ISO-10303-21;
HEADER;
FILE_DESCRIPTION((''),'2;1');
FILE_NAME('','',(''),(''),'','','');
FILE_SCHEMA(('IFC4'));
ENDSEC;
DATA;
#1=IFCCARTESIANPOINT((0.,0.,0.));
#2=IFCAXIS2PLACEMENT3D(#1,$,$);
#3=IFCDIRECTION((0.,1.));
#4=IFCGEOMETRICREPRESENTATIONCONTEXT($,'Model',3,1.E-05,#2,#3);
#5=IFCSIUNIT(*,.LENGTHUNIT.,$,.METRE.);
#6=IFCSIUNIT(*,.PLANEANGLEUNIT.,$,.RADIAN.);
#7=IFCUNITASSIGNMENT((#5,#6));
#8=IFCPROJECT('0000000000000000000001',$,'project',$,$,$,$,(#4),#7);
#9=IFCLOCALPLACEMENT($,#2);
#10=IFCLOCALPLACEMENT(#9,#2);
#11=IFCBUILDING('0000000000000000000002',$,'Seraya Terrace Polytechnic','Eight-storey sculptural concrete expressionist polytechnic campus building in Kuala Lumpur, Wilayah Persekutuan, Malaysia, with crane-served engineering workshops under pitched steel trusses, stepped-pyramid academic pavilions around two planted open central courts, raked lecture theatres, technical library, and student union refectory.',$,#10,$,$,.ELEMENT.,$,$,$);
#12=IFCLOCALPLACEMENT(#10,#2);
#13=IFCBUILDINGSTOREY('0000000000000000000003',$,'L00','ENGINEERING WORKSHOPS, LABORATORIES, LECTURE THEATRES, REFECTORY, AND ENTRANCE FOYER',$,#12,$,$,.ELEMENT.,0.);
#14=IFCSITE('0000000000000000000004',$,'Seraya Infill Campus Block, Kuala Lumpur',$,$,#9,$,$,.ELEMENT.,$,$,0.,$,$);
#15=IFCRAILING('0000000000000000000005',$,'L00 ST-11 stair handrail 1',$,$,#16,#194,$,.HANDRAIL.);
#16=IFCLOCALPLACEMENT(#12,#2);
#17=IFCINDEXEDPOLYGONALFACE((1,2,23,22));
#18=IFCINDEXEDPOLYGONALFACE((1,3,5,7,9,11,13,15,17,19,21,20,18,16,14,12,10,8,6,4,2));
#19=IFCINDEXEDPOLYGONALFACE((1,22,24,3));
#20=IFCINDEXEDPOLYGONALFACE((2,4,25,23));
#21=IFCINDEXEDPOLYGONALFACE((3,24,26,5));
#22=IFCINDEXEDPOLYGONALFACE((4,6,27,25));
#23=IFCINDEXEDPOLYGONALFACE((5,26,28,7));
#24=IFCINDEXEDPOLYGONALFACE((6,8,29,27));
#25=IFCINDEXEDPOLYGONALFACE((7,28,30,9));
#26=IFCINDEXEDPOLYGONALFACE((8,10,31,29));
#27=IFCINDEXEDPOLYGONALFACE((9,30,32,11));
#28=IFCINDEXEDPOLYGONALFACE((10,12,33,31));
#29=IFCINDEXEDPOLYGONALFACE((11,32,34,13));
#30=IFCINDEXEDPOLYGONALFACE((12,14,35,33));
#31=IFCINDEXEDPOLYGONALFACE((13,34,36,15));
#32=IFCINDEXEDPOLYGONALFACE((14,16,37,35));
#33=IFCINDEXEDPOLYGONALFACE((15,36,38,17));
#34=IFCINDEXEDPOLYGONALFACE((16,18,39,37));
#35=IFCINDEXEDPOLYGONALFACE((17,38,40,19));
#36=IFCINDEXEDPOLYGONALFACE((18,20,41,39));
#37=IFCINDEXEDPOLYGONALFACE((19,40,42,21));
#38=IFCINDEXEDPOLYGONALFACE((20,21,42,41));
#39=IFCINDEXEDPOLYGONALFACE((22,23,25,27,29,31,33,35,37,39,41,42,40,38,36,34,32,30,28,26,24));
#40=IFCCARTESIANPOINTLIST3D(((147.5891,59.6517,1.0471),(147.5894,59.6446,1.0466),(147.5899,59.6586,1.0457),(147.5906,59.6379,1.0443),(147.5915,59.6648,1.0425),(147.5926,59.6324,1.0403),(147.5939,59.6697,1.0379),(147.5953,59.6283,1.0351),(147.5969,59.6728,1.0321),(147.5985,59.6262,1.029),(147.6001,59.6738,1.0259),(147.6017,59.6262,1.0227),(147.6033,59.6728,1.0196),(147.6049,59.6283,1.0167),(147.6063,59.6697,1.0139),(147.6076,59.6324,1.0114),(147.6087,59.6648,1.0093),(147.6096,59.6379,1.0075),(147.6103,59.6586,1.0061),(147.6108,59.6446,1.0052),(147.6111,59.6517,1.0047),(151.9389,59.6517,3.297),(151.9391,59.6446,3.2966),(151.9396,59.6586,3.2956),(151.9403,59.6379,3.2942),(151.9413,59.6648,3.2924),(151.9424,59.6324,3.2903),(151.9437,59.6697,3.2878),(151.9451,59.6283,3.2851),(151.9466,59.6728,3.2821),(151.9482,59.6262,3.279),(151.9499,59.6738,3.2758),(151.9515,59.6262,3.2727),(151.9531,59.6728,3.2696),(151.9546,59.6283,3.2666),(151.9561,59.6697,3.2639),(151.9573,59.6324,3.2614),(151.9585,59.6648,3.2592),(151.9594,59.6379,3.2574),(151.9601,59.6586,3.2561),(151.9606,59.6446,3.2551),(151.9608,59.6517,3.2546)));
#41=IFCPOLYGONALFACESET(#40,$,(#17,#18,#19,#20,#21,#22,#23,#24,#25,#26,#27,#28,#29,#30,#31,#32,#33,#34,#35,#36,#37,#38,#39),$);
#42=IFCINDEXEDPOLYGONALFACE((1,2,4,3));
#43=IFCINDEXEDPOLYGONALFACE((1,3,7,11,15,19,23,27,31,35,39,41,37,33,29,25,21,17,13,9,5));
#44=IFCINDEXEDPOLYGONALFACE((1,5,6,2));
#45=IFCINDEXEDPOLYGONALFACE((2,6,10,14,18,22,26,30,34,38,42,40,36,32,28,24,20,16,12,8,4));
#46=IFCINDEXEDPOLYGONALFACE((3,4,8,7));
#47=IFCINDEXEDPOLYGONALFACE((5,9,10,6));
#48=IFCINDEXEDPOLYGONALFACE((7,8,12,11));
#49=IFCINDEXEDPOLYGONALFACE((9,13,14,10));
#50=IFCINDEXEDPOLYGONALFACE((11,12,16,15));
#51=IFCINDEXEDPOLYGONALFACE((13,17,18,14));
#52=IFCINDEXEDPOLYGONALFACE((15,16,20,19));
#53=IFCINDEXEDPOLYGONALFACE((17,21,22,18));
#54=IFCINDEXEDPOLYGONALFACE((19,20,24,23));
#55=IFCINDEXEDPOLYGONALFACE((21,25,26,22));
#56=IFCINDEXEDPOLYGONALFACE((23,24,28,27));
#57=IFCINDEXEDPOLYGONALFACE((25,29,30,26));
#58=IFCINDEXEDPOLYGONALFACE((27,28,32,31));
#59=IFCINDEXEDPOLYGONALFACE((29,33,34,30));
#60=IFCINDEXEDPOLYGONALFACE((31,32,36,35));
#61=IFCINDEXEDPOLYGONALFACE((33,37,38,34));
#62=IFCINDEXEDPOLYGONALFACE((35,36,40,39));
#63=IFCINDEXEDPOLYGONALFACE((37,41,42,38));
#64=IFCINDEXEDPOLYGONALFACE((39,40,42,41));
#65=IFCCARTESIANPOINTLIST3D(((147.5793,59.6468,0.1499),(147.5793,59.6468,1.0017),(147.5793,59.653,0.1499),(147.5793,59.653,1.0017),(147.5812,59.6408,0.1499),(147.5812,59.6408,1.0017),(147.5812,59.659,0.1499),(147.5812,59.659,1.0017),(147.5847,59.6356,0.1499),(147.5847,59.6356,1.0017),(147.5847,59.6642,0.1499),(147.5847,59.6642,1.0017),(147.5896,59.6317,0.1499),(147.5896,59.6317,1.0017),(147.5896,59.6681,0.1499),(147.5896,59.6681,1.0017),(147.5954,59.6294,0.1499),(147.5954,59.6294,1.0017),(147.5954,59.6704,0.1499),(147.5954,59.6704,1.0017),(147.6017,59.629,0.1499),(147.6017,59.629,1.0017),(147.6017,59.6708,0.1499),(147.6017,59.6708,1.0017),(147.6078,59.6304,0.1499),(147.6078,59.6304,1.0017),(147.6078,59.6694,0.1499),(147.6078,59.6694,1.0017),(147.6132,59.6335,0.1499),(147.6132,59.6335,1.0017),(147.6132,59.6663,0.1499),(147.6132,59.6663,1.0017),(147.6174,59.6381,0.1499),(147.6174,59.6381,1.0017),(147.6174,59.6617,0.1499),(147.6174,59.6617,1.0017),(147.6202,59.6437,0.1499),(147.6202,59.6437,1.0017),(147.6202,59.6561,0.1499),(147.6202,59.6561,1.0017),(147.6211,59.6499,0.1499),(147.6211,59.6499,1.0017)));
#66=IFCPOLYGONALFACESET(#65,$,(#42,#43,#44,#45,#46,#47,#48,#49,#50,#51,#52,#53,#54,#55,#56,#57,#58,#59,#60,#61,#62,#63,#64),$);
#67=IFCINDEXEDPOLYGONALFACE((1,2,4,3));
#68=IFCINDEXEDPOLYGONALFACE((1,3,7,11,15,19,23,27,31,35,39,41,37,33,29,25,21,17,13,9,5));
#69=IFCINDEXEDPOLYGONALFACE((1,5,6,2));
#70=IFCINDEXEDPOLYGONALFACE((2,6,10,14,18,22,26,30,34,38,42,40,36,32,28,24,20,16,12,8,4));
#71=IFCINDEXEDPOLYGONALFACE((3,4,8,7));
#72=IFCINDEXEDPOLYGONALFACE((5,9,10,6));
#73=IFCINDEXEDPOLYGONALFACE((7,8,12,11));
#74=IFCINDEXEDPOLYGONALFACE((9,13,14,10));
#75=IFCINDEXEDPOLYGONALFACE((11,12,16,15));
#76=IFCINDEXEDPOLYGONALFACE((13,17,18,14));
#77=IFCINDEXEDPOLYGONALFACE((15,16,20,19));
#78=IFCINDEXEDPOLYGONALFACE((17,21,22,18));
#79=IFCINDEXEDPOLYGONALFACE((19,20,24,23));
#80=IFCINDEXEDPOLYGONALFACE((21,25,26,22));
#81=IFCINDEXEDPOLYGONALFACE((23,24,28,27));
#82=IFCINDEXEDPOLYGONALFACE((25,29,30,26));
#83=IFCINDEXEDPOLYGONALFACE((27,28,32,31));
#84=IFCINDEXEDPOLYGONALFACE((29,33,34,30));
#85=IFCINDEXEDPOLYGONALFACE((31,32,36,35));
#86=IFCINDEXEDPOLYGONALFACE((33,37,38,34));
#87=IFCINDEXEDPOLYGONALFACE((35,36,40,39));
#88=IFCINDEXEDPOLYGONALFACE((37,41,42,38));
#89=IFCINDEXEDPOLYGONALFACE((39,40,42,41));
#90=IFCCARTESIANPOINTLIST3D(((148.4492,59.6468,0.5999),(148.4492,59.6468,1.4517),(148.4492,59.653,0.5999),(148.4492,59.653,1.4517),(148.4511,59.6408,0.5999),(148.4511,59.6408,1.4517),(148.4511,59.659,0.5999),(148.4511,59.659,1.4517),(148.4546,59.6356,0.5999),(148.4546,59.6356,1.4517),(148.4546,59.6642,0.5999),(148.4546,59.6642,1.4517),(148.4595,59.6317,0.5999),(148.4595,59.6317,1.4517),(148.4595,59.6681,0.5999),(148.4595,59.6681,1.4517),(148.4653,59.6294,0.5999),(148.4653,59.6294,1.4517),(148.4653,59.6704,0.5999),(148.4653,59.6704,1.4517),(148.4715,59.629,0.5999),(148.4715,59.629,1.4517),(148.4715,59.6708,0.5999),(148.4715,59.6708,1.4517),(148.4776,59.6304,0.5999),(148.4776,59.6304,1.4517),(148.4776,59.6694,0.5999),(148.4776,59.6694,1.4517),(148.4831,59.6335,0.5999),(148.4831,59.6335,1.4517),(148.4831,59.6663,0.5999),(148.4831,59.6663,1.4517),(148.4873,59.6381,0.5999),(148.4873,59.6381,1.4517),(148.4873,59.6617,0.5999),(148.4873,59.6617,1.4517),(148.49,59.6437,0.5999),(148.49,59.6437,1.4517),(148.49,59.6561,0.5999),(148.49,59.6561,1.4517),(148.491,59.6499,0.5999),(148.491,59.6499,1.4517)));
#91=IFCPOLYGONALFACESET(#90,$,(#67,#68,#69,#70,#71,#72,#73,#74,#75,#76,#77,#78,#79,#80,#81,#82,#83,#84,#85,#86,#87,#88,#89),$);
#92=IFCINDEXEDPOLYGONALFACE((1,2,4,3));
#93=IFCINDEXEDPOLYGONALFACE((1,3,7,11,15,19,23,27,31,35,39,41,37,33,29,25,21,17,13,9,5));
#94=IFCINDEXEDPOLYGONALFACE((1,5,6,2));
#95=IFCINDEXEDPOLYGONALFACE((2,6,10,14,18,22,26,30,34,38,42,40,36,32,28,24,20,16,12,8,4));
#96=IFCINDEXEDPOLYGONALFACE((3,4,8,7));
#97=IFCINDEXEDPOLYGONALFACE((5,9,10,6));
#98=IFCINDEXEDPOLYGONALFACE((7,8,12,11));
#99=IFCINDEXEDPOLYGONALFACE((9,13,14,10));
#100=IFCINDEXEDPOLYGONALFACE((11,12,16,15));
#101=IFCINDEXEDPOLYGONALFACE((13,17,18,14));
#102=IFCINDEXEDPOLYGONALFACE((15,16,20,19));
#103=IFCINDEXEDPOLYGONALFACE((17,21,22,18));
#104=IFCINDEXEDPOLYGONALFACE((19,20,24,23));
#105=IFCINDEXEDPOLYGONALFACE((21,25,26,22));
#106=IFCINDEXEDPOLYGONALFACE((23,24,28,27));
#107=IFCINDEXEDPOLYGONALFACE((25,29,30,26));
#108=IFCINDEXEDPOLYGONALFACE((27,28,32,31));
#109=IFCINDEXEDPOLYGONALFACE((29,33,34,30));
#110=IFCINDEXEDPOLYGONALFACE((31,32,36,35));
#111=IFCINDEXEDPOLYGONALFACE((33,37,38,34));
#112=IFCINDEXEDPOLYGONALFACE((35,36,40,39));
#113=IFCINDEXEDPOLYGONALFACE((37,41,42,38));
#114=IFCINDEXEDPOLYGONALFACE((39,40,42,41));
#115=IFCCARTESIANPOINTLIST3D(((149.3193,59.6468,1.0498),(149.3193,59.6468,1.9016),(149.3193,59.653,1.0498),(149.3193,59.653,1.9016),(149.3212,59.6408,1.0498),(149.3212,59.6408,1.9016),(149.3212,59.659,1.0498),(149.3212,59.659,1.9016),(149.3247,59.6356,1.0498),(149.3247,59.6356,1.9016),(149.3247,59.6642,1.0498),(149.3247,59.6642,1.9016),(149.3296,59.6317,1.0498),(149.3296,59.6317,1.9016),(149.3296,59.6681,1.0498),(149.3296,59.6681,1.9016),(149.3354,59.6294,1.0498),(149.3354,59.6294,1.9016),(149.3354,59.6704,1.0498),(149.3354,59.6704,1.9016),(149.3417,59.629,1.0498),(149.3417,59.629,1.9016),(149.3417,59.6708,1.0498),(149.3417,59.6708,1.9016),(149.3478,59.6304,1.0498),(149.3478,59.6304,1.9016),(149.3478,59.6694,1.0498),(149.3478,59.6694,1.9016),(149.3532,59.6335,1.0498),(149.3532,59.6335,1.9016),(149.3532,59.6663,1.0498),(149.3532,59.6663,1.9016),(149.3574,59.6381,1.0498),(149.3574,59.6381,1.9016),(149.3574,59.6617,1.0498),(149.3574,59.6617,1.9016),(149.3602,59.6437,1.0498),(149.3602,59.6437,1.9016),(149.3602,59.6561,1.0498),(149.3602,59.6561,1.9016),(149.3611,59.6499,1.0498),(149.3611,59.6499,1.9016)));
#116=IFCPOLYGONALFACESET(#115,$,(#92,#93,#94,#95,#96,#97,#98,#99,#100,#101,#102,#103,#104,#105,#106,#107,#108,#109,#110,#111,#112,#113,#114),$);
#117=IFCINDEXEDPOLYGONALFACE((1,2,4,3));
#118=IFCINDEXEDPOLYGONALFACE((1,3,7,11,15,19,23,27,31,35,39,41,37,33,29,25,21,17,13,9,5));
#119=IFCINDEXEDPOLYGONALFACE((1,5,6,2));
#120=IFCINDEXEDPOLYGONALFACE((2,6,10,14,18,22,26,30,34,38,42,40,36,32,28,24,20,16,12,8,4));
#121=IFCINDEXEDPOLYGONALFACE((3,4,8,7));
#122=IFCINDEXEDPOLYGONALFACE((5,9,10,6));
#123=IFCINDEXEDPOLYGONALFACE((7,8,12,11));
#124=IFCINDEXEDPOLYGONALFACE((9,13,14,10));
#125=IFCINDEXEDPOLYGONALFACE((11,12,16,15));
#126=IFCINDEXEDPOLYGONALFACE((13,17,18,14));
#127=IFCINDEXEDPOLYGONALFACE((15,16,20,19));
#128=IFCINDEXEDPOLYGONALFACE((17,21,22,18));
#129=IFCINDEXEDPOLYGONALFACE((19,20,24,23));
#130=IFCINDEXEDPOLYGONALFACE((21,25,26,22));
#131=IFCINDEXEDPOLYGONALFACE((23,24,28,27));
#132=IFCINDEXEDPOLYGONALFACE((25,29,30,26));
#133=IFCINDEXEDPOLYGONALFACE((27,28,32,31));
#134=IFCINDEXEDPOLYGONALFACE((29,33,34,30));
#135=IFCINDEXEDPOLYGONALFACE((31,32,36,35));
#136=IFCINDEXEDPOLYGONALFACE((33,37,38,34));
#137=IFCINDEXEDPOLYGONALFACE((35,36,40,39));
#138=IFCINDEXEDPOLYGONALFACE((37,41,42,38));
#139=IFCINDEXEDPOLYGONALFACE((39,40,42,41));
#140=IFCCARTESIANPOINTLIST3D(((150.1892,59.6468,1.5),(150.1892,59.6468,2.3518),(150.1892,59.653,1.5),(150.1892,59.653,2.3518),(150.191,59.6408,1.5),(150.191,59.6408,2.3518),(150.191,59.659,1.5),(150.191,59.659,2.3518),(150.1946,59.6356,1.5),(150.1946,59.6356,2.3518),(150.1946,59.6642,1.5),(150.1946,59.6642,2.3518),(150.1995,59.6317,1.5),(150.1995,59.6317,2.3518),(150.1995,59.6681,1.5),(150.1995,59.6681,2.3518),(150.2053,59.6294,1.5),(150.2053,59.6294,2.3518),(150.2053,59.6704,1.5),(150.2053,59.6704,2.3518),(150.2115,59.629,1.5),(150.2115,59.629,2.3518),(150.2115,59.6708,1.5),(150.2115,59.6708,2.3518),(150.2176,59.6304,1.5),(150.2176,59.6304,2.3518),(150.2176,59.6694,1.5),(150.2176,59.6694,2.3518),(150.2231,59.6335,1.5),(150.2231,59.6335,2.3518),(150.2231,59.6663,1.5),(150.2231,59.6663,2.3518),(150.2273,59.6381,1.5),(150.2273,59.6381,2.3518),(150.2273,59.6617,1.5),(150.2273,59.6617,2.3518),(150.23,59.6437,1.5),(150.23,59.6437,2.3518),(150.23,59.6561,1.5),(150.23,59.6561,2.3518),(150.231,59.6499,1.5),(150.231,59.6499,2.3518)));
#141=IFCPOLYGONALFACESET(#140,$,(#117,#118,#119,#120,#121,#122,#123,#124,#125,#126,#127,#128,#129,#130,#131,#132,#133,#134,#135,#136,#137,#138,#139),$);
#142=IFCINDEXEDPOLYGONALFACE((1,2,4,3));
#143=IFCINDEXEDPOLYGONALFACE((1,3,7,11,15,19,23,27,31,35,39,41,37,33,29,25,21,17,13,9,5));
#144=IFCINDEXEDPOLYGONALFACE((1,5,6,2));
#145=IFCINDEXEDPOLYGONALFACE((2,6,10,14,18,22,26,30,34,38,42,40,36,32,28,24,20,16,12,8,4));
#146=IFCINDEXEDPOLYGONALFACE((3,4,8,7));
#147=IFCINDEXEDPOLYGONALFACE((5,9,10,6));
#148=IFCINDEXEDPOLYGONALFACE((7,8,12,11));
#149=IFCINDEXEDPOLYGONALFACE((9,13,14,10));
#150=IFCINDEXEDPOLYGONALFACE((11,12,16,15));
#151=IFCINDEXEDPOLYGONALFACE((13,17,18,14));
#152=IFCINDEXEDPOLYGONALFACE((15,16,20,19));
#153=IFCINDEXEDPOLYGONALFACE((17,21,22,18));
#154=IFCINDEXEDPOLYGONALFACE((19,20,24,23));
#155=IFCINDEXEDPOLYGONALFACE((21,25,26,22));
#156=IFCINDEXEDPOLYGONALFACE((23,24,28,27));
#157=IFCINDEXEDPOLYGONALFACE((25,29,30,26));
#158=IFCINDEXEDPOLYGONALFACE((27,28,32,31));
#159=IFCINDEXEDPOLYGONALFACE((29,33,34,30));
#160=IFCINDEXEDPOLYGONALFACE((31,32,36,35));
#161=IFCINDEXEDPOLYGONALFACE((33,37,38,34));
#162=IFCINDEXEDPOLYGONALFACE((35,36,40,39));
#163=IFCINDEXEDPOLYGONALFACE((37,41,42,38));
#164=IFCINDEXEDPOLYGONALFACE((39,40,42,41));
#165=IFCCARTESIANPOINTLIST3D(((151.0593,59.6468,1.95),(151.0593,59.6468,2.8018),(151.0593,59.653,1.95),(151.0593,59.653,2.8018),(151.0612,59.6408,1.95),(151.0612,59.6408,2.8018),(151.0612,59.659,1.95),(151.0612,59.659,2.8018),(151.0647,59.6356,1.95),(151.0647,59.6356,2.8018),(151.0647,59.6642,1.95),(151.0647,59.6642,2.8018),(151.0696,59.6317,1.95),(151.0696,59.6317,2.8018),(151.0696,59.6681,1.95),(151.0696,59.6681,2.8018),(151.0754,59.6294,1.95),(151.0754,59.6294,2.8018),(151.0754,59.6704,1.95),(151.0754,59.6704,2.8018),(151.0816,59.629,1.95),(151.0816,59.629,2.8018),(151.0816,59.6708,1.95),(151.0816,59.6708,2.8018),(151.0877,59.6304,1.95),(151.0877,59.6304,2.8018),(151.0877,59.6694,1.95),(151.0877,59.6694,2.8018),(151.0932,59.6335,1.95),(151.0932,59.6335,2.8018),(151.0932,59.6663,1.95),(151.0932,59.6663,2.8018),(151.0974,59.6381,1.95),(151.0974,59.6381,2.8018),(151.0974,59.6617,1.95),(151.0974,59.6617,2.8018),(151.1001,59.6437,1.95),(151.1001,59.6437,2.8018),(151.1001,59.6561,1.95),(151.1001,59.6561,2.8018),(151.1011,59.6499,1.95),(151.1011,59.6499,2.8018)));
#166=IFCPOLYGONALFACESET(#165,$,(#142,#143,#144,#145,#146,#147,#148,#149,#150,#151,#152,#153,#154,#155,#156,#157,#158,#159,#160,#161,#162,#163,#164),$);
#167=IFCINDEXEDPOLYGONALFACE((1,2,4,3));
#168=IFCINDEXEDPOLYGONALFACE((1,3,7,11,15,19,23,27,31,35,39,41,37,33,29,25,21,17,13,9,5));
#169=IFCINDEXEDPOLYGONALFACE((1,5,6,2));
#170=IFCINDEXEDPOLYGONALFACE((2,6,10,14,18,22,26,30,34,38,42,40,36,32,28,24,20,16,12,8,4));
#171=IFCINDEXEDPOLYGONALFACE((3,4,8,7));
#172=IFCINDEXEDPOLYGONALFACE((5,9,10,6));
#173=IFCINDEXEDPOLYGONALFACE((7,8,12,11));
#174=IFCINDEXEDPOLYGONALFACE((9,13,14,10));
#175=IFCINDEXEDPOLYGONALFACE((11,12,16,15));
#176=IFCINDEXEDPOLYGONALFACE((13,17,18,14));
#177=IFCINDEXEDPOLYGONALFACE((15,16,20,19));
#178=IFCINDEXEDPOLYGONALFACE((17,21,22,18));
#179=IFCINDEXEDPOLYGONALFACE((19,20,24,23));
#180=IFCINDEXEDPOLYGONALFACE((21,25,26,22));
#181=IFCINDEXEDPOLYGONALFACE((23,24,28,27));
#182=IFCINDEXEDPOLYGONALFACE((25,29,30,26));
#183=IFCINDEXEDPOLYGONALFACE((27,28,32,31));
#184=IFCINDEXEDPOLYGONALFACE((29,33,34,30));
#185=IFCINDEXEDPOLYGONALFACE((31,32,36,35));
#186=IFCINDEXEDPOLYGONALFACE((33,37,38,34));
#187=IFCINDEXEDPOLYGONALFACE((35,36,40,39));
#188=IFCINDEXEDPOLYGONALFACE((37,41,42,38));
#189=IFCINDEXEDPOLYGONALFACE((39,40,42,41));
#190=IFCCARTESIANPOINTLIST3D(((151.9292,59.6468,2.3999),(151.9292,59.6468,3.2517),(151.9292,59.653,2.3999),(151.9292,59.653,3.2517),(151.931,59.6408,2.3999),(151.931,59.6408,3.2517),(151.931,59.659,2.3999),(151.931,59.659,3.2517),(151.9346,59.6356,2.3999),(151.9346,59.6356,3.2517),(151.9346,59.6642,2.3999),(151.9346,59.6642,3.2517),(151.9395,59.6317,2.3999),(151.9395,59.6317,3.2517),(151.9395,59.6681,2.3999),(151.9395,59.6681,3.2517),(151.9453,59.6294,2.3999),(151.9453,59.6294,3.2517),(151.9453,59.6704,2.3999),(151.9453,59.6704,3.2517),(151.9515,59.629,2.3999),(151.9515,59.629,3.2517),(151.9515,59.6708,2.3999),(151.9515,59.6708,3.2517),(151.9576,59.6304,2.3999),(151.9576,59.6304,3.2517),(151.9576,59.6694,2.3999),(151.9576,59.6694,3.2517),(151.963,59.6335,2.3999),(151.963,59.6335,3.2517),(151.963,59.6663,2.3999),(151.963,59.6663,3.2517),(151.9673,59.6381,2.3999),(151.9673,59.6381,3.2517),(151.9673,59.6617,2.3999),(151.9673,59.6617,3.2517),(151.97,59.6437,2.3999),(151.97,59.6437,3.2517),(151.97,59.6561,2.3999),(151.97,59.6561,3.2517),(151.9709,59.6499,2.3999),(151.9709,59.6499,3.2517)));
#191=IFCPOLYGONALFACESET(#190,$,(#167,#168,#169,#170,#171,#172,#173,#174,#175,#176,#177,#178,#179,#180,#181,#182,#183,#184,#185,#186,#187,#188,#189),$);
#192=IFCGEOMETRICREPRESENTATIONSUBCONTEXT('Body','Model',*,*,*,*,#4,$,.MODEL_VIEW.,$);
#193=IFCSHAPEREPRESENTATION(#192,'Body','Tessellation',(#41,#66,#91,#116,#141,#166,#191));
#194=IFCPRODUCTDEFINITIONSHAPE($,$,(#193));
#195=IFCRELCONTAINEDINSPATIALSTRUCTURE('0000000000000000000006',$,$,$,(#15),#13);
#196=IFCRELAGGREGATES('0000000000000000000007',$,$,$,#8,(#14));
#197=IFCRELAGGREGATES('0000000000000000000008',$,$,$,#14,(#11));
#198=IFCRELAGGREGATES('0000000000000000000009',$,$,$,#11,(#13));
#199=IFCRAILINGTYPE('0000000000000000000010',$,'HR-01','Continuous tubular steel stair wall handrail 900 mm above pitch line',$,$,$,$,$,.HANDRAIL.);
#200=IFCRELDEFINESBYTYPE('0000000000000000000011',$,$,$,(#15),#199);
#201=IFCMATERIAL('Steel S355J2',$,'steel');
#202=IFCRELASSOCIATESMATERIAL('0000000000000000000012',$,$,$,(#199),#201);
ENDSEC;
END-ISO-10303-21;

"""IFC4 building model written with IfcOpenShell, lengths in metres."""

from ifc_helpers import new_model, si_unit, direction, frame, origin, origin_2d, place, context, subcontext, project, spatial, circle, extrude, material, type_object, element, save


model = new_model("IFC4")

# Units and contexts
model_context = context("Model", 3, precision=1e-05, world=origin(), true_north=direction((0.0, 1.0)))
body_context = subcontext(model_context, "Body", "Model", "MODEL_VIEW")
ifc_project = project(units=[si_unit("LENGTHUNIT", "METRE"), si_unit("PLANEANGLEUNIT", "RADIAN")], contexts=[model_context])

# Site, building, storey
site_placement = place(None, origin())
site = spatial("IfcSite", under=ifc_project, at=site_placement, Name="Seraya Infill Campus Block, Kuala Lumpur", CompositionType="ELEMENT", RefElevation=0.0)
building_placement = place(site_placement, origin())
building = spatial("IfcBuilding", under=site, at=building_placement, Name="Seraya Terrace Polytechnic", Description="Eight-storey sculptural concrete expressionist polytechnic campus building in Kuala Lumpur, Wilayah Persekutuan, Malaysia, with crane-served engineering workshops under pitched steel trusses, stepped-pyramid academic pavilions around two planted open central courts, raked lecture theatres, technical library, and student union refectory.", CompositionType="ELEMENT")
storey_placement = place(building_placement, origin())
storey = spatial("IfcBuildingStorey", under=building, at=storey_placement, Name="L00", Description="ENGINEERING WORKSHOPS, LABORATORIES, LECTURE THEATRES, REFECTORY, AND ENTRANCE FOYER", CompositionType="ELEMENT", Elevation=0.0)

# Shared definitions
ifc_material_1 = material(Name="Steel S355J2", Category="steel")

# Railing
railing_type_1 = type_object("IfcRailingType", Name="HR-01", Description="Continuous tubular steel stair wall handrail 900 mm above pitch line", PredefinedType="HANDRAIL", material=ifc_material_1)
railing_1_placement = place(storey_placement, frame((147.6001, 59.6499, 0.1499)))
element("IfcRailing", 1, at=railing_1_placement, inside=storey, type_object=railing_type_1, Name="L00 ST-11 stair handrail 1", PredefinedType="HANDRAIL", context=body_context, shape_type="SweptSolid", body=[
    extrude(circle(Radius=0.0239, at=origin_2d()), frame((0.0, 0.0, 0.876), z_axis=(0.888211, 0.0, 0.459435), x_axis=(0.0, 1.0, 0.0)), (0.0, 0.0, 1.0), 4.8972),
    extrude(circle(Radius=0.021, at=origin_2d()), origin(), (0.0, 0.0, 1.0), 0.8518),
    extrude(circle(Radius=0.021, at=origin_2d()), frame((0.8699, 0.0, 0.45)), (0.0, 0.0, 1.0), 0.8518),
    extrude(circle(Radius=0.021, at=origin_2d()), frame((1.74, 0.0, 0.8999)), (0.0, 0.0, 1.0), 0.8518),
    extrude(circle(Radius=0.021, at=origin_2d()), frame((2.6099, 0.0, 1.3501)), (0.0, 0.0, 1.0), 0.8518),
    extrude(circle(Radius=0.021, at=origin_2d()), frame((3.48, 0.0, 1.8)), (0.0, 0.0, 1.0), 0.8518),
    extrude(circle(Radius=0.021, at=origin_2d()), frame((4.3499, 0.0, 2.25)), (0.0, 0.0, 1.0), 0.8518),
])

save(model, "model.ifc")
